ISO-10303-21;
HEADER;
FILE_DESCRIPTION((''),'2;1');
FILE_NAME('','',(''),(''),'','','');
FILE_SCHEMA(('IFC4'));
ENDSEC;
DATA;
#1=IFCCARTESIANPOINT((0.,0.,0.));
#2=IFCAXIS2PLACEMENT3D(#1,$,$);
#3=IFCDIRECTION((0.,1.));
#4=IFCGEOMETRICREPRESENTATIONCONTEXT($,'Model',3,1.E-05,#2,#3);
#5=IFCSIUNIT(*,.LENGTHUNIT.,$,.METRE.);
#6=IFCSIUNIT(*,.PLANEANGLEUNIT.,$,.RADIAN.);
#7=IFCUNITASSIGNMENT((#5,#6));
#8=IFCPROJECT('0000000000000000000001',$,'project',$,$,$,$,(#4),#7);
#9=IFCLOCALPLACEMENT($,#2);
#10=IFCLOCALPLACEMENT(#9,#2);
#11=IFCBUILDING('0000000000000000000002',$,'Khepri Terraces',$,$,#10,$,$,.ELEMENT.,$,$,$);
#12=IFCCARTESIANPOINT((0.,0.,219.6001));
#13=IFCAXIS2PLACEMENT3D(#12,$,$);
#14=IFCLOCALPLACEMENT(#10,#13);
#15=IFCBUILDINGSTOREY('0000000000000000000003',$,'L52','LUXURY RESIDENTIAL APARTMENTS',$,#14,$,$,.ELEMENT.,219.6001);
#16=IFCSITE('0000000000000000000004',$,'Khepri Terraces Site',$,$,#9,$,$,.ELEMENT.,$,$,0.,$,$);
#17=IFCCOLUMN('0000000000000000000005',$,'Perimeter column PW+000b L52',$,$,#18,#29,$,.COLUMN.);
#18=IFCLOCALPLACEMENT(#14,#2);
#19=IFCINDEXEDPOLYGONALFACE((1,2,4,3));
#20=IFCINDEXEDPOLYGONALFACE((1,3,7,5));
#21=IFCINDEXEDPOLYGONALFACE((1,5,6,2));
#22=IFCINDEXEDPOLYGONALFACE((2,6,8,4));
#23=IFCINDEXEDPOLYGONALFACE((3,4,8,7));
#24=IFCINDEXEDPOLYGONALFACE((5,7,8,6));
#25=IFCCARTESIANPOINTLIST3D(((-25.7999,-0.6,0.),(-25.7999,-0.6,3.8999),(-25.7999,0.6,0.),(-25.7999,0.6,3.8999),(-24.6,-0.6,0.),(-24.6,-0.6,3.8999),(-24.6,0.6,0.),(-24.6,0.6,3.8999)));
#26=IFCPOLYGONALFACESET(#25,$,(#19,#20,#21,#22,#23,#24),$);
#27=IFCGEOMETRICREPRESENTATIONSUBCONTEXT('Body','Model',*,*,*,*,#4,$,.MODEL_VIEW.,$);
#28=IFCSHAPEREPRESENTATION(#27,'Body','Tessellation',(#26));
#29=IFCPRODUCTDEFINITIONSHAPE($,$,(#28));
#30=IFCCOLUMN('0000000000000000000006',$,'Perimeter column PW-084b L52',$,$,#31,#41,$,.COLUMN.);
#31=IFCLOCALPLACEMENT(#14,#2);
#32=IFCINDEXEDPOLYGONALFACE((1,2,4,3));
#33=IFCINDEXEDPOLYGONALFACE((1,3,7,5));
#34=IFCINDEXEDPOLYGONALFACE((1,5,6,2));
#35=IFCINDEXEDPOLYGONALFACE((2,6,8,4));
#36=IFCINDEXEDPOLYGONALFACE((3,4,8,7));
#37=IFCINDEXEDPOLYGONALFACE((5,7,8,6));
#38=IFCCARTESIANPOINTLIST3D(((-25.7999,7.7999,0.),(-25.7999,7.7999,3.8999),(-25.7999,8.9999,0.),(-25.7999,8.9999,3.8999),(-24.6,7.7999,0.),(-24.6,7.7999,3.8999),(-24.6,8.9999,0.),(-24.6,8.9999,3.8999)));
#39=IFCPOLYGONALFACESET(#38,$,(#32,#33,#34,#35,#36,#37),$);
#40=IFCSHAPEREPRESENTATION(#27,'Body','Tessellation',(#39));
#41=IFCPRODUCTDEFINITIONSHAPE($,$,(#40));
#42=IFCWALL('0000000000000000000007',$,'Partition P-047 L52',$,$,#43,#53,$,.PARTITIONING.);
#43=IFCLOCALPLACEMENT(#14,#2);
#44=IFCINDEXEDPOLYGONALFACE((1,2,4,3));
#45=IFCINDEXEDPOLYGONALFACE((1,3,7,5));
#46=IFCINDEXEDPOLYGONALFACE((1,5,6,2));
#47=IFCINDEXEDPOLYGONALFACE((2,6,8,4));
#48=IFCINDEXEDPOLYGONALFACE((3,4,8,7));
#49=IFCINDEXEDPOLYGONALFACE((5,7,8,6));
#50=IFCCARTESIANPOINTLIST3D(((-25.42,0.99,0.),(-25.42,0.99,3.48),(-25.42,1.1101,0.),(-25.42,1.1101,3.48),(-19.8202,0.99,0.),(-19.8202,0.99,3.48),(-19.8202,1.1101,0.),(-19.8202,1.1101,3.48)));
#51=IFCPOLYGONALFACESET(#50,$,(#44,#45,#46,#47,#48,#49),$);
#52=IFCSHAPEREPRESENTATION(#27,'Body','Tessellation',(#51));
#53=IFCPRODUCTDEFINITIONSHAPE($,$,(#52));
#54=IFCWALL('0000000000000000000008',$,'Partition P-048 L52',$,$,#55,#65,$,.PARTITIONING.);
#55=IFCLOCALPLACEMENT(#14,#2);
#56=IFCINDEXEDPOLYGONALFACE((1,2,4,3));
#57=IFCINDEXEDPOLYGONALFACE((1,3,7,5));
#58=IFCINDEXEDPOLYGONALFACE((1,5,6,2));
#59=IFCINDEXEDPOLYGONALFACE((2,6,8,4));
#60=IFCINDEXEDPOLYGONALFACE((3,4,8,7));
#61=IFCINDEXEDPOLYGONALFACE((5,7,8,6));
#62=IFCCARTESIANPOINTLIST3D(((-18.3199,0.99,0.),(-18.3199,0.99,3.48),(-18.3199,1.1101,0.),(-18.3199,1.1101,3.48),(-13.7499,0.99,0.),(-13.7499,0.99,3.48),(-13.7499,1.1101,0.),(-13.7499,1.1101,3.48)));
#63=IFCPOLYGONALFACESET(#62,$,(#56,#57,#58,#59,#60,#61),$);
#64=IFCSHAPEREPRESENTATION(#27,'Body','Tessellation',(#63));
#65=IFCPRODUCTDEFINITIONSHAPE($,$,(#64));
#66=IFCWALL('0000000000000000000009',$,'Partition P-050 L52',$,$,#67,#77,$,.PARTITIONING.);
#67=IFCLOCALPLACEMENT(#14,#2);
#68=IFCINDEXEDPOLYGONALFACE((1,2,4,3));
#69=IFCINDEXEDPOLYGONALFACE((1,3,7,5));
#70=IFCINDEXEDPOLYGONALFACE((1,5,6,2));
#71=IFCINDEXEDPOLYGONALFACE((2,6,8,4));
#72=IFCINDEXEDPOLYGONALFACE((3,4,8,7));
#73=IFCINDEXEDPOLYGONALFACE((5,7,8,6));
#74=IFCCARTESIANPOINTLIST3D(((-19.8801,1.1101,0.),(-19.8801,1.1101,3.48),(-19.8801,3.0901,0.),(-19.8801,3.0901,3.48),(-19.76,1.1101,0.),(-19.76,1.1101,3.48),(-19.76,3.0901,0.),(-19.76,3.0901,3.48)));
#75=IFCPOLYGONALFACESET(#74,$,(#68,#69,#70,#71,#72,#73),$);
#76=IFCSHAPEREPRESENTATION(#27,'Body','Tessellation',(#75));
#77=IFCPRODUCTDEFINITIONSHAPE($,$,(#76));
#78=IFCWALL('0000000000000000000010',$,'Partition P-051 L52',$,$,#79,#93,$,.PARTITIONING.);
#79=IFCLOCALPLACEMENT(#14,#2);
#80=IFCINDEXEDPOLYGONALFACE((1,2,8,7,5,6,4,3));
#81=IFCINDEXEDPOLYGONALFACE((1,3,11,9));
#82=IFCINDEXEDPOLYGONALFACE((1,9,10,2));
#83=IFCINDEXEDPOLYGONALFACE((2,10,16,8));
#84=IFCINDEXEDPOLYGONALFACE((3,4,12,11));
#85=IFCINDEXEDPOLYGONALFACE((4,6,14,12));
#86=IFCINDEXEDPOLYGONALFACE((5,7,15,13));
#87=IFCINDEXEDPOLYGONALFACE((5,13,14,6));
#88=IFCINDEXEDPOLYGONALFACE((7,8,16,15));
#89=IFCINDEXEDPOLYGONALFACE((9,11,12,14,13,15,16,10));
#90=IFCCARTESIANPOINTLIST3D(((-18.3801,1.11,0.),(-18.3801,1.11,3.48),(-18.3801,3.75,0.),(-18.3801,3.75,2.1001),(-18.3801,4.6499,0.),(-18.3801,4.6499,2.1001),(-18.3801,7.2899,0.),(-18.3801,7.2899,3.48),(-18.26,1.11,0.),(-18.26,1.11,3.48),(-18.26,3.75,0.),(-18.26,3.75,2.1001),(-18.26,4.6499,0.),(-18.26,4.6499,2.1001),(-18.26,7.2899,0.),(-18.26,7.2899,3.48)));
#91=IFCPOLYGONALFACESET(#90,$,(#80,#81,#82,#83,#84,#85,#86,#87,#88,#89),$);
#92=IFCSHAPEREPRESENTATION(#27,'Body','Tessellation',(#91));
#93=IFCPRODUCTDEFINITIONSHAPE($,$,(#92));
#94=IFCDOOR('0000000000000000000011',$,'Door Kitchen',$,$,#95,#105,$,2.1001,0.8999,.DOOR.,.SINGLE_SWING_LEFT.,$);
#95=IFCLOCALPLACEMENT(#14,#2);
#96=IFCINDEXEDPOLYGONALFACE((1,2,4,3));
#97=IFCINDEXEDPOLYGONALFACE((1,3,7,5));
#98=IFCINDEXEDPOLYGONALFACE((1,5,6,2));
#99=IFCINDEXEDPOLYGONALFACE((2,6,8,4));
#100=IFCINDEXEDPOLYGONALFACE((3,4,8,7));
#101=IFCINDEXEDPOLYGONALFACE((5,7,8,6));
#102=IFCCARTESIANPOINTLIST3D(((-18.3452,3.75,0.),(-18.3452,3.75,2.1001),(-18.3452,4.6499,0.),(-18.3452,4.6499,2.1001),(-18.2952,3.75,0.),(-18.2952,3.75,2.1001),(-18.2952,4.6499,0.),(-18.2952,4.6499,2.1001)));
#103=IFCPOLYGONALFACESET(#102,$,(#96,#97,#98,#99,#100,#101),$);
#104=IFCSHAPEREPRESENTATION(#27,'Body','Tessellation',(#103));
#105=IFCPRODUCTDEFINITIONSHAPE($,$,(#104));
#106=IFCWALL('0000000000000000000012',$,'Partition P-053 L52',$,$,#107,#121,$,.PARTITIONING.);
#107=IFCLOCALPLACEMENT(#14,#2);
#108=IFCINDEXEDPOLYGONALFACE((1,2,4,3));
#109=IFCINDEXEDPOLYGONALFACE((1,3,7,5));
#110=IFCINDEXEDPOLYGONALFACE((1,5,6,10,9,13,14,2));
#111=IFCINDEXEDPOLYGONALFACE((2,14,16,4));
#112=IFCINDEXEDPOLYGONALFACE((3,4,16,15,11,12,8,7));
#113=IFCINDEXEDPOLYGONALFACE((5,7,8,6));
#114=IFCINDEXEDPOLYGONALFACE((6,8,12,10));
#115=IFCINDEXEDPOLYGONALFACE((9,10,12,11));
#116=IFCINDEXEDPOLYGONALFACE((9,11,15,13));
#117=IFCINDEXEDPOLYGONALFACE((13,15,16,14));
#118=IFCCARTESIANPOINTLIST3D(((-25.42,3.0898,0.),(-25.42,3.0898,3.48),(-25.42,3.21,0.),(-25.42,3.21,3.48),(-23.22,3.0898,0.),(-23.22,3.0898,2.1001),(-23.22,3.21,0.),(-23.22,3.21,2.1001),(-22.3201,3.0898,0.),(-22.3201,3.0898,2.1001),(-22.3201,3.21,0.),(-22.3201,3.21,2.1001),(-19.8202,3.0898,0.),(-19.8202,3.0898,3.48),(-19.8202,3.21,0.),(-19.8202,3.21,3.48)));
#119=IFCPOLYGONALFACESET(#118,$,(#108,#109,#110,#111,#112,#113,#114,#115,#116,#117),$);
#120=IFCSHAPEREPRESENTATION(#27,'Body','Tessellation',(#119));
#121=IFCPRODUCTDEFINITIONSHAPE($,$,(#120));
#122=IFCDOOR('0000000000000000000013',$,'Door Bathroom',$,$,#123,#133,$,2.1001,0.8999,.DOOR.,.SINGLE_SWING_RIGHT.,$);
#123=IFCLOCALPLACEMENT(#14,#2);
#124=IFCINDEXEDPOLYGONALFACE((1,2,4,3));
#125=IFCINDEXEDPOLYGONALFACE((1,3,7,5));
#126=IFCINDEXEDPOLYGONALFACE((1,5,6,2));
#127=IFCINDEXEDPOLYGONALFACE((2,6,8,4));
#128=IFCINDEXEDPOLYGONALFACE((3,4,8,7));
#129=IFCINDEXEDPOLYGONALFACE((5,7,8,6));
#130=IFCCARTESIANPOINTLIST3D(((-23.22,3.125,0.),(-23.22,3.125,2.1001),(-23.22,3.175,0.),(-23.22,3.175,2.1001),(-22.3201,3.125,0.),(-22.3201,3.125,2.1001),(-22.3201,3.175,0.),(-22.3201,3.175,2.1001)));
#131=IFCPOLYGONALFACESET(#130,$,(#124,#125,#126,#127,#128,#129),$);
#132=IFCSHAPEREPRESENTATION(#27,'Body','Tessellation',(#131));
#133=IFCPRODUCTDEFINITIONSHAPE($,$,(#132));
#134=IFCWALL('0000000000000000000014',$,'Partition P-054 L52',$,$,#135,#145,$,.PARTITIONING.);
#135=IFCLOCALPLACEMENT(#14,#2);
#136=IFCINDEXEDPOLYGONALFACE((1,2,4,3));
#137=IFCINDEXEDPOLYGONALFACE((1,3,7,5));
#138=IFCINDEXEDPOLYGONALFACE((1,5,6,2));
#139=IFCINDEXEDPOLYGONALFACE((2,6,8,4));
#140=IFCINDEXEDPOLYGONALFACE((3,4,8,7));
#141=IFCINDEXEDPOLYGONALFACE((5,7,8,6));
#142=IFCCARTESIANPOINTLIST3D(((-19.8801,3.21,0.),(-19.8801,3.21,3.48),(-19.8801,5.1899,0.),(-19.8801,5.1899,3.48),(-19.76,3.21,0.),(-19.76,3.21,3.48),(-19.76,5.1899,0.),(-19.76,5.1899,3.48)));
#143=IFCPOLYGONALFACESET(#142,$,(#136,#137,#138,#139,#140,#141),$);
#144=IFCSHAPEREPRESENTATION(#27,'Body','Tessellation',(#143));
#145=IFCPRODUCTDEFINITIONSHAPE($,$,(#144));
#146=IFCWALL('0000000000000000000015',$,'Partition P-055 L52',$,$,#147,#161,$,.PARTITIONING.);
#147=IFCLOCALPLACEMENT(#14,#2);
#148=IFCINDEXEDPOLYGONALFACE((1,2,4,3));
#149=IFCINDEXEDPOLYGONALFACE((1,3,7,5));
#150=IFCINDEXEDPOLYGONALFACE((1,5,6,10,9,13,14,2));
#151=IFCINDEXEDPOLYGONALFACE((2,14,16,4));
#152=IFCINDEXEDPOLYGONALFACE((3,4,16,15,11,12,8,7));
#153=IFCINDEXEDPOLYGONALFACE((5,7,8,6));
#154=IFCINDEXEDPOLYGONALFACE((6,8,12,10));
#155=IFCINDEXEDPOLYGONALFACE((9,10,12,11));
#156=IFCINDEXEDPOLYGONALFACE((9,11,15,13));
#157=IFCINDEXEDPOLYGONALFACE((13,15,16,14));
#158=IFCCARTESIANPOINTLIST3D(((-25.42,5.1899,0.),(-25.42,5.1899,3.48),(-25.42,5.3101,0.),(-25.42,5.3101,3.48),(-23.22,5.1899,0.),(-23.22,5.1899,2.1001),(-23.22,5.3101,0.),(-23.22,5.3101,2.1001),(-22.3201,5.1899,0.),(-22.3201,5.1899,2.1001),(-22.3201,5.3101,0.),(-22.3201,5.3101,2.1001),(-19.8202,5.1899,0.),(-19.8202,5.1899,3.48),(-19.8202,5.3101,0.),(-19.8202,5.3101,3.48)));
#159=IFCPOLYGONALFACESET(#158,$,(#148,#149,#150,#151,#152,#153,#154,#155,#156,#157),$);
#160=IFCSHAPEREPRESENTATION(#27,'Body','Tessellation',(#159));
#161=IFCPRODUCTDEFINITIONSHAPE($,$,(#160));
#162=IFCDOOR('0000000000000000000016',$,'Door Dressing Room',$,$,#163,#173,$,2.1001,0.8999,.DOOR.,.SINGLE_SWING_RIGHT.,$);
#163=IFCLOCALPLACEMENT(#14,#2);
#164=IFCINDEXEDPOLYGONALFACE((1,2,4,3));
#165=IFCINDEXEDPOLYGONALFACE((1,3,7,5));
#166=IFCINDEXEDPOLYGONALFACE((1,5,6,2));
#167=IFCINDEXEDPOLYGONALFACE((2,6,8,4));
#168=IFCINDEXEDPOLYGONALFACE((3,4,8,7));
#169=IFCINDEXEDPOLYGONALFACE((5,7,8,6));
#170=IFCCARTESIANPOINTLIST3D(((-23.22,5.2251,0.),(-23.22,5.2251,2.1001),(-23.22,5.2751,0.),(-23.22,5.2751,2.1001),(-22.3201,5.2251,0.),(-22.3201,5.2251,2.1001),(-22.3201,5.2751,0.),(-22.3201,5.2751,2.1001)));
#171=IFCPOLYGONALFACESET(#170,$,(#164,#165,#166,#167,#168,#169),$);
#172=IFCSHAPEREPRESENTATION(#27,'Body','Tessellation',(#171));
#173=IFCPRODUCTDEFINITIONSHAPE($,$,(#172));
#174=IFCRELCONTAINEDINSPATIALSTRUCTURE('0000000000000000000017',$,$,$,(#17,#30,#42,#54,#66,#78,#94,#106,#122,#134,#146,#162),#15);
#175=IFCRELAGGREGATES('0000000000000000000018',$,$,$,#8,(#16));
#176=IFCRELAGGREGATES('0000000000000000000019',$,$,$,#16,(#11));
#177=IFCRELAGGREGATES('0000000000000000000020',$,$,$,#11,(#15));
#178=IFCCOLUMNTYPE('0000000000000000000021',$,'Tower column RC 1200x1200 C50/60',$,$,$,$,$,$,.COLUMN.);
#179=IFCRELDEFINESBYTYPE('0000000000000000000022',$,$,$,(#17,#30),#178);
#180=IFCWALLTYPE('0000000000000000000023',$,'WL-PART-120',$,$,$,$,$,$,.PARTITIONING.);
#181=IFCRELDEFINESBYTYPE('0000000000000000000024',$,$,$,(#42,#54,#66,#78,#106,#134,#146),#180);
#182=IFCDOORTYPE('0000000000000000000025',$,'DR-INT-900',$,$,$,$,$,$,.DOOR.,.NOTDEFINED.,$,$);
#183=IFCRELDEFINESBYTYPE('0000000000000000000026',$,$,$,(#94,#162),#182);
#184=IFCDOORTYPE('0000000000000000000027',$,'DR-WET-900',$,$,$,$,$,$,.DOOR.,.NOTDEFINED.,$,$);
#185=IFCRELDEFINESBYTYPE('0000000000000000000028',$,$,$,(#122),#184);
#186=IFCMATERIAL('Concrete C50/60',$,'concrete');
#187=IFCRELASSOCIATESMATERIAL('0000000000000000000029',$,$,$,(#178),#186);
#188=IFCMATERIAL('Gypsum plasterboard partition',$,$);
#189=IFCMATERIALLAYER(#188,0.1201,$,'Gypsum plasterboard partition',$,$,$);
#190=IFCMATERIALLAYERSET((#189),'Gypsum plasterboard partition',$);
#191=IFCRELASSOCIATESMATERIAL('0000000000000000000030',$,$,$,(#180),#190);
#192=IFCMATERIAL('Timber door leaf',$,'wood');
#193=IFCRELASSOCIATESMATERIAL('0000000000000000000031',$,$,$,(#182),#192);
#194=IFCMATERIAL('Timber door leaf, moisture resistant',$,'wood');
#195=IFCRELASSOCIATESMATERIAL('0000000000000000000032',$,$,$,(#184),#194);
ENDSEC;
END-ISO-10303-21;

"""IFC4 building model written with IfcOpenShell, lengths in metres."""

from ifc_helpers import new_model, si_unit, direction, frame, frame_2d, origin, origin_2d, place, context, subcontext, project, spatial, rectangle, extrude, material, layer, layer_set, material_profile, profile_set, type_object, element, fill, save


model = new_model("IFC4")

# Units and contexts
model_context = context("Model", 3, precision=1e-05, world=origin(), true_north=direction((0.0, 1.0)))
body_context = subcontext(model_context, "Body", "Model", "MODEL_VIEW")
ifc_project = project(units=[si_unit("LENGTHUNIT", "METRE"), si_unit("PLANEANGLEUNIT", "RADIAN")], contexts=[model_context])

# Site, building, storey
site_placement = place(None, origin())
site = spatial("IfcSite", under=ifc_project, at=site_placement, Name="Khepri Terraces Site", CompositionType="ELEMENT", RefElevation=0.0)
building_placement = place(site_placement, origin())
building = spatial("IfcBuilding", under=site, at=building_placement, Name="Khepri Terraces", CompositionType="ELEMENT")
storey_placement = place(building_placement, frame((0.0, 0.0, 219.6001)))
storey = spatial("IfcBuildingStorey", under=building, at=storey_placement, Name="L52", Description="LUXURY RESIDENTIAL APARTMENTS", CompositionType="ELEMENT", Elevation=219.6001)

# Columns
ifc_material_1 = material(Name="Concrete C50/60", Category="concrete")
ifc_material_profile = material_profile(ifc_material_1, rectangle(XDim=1.2, YDim=1.2, at=origin_2d()), Name="Concrete C50/60", Category="concrete")
ifc_profile_set = profile_set([ifc_material_profile], Name="Concrete C50/60")
column_type = type_object("IfcColumnType", Name="Tower column RC 1200x1200 C50/60", PredefinedType="COLUMN", material=ifc_profile_set)
for number, where, z_axis, x_axis, name in (
    (1, (-25.2, 0.0, 0.0), (0.0, 0.0, 1.0), (1.0, 0.0, 0.0), "Perimeter column PW+000b L52"),
    (2, (-25.2, 8.3999, 0.0), (0.0, 0.0, 1.0), (1.0, 0.0, 0.0), "Perimeter column PW-084b L52"),
):
    element("IfcColumn", number, at=place(storey_placement, frame(where, z_axis=z_axis, x_axis=x_axis)), inside=storey, type_object=column_type, Name=name, PredefinedType="COLUMN", context=body_context, shape_type="SweptSolid", body=[
        extrude(rectangle(XDim=1.2, YDim=1.2, at=origin_2d()), origin(), (0.0, 0.0, 1.0), 3.8999),
    ])

# Walls
ifc_material_2 = material(Name="Gypsum plasterboard partition")
ifc_layer_1 = layer(ifc_material_2, 0.1201, Name="Gypsum plasterboard partition")
ifc_layer_set_1 = layer_set([ifc_layer_1], Name="Gypsum plasterboard partition")
wall_type_1 = type_object("IfcWallType", Name="WL-PART-120", PredefinedType="PARTITIONING", material=ifc_layer_set_1)
wall_1_placement = place(storey_placement, frame((-25.4199, 1.05, 0.0), z_axis=(0.0, 0.0, 1.0), x_axis=(1.0, 0.0, 0.0)))
element("IfcWall", 3, at=wall_1_placement, inside=storey, type_object=wall_type_1, Name="Partition P-047 L52", PredefinedType="PARTITIONING", context=body_context, shape_type="SweptSolid", body=[
    extrude(rectangle(XDim=5.5999, YDim=0.1201, at=frame_2d((2.7998, 0.0))), origin(), (0.0, 0.0, 1.0), 3.48),
])
wall_2_placement = place(storey_placement, frame((-18.3201, 1.05, 0.0), z_axis=(0.0, 0.0, 1.0), x_axis=(1.0, 0.0, 0.0)))
element("IfcWall", 4, at=wall_2_placement, inside=storey, type_object=wall_type_1, Name="Partition P-048 L52", PredefinedType="PARTITIONING", context=body_context, shape_type="SweptSolid", body=[
    extrude(rectangle(XDim=4.5701, YDim=0.1201, at=frame_2d((2.2852, 0.0))), origin(), (0.0, 0.0, 1.0), 3.48),
])
wall_3_placement = place(storey_placement, frame((-19.8201, 1.1101, 0.0), z_axis=(0.0, 0.0, 1.0), x_axis=(0.0, 1.0, 0.0)))
element("IfcWall", 5, at=wall_3_placement, inside=storey, type_object=wall_type_1, Name="Partition P-050 L52", PredefinedType="PARTITIONING", context=body_context, shape_type="SweptSolid", body=[
    extrude(rectangle(XDim=1.98, YDim=0.1201, at=frame_2d((0.99, 0.0))), origin(), (0.0, 0.0, 1.0), 3.48),
])

# Walls, openings, doors
wall_4_placement = place(storey_placement, frame((-18.3201, 1.1101, 0.0), z_axis=(0.0, 0.0, 1.0), x_axis=(0.0, 1.0, 0.0)))
wall_4 = element("IfcWall", 6, at=wall_4_placement, inside=storey, type_object=wall_type_1, Name="Partition P-051 L52", PredefinedType="PARTITIONING", context=body_context, shape_type="SweptSolid", body=[
    extrude(rectangle(XDim=6.1799, YDim=0.1201, at=frame_2d((3.0898, 0.0))), origin(), (0.0, 0.0, 1.0), 3.48),
])
opening_1_placement = place(wall_4_placement, frame((2.6399, 0.0, 0.0)))
opening_1 = element("IfcOpeningElement", 7, at=opening_1_placement, cuts=wall_4, PredefinedType="OPENING", context=body_context, shape_type="SweptSolid", body=[
    extrude(rectangle(XDim=0.8999, YDim=2.1001, at=frame_2d((0.45, 1.05))), frame((0.0, 0.0701, 0.0), z_axis=(0.0, -1.0, 0.0), x_axis=(1.0, 0.0, 0.0)), (0.0, 0.0, 1.0), 0.1401),
])
ifc_material_3 = material(Name="Timber door leaf", Category="wood")
door_type_1 = type_object("IfcDoorType", Name="DR-INT-900", OperationType="NOTDEFINED", PredefinedType="DOOR", material=ifc_material_3)
door_1_placement = place(opening_1_placement, frame((0.8999, 0.0, 0.0), z_axis=(0.0, 0.0, 1.0), x_axis=(-1.0, 0.0, 0.0)))
door_1 = element("IfcDoor", 8, at=door_1_placement, inside=storey, type_object=door_type_1, Name="Door Kitchen", OperationType="SINGLE_SWING_LEFT", OverallHeight=2.1001, OverallWidth=0.8999, PredefinedType="DOOR", context=body_context, shape_type="SweptSolid", body=[
    extrude(rectangle(XDim=0.8999, YDim=2.1001, at=frame_2d((0.45, 1.05))), frame((0.0, 0.0249, 0.0), z_axis=(0.0, -1.0, 0.0), x_axis=(1.0, 0.0, 0.0)), (0.0, 0.0, 1.0), 0.05),
])
fill(opening_1, door_1)
wall_5_placement = place(storey_placement, frame((-25.4199, 3.1499, 0.0), z_axis=(0.0, 0.0, 1.0), x_axis=(1.0, 0.0, 0.0)))
wall_5 = element("IfcWall", 9, at=wall_5_placement, inside=storey, type_object=wall_type_1, Name="Partition P-053 L52", PredefinedType="PARTITIONING", context=body_context, shape_type="SweptSolid", body=[
    extrude(rectangle(XDim=5.5999, YDim=0.1201, at=frame_2d((2.7998, 0.0))), origin(), (0.0, 0.0, 1.0), 3.48),
])
opening_2_placement = place(wall_5_placement, frame((2.2, 0.0, 0.0)))
opening_2 = element("IfcOpeningElement", 10, at=opening_2_placement, cuts=wall_5, PredefinedType="OPENING", context=body_context, shape_type="SweptSolid", body=[
    extrude(rectangle(XDim=0.8999, YDim=2.1001, at=frame_2d((0.45, 1.05))), frame((0.0, 0.0701, 0.0), z_axis=(0.0, -1.0, 0.0), x_axis=(1.0, 0.0, 0.0)), (0.0, 0.0, 1.0), 0.1401),
])
ifc_material_4 = material(Name="Timber door leaf, moisture resistant", Category="wood")
door_type_2 = type_object("IfcDoorType", Name="DR-WET-900", OperationType="NOTDEFINED", PredefinedType="DOOR", material=ifc_material_4)
door_2_placement = place(opening_2_placement, frame((0.8999, 0.0, 0.0), z_axis=(0.0, 0.0, 1.0), x_axis=(-1.0, 0.0, 0.0)))
door_2 = element("IfcDoor", 11, at=door_2_placement, inside=storey, type_object=door_type_2, Name="Door Bathroom", OperationType="SINGLE_SWING_RIGHT", OverallHeight=2.1001, OverallWidth=0.8999, PredefinedType="DOOR", context=body_context, shape_type="SweptSolid", body=[
    extrude(rectangle(XDim=0.8999, YDim=2.1001, at=frame_2d((0.45, 1.05))), frame((0.0, 0.0249, 0.0), z_axis=(0.0, -1.0, 0.0), x_axis=(1.0, 0.0, 0.0)), (0.0, 0.0, 1.0), 0.05),
])
fill(opening_2, door_2)

# Wall
wall_6_placement = place(storey_placement, frame((-19.8201, 3.21, 0.0), z_axis=(0.0, 0.0, 1.0), x_axis=(0.0, 1.0, 0.0)))
element("IfcWall", 12, at=wall_6_placement, inside=storey, type_object=wall_type_1, Name="Partition P-054 L52", PredefinedType="PARTITIONING", context=body_context, shape_type="SweptSolid", body=[
    extrude(rectangle(XDim=1.98, YDim=0.1201, at=frame_2d((0.99, 0.0))), origin(), (0.0, 0.0, 1.0), 3.48),
])

# Wall, opening, door
wall_7_placement = place(storey_placement, frame((-25.4199, 5.25, 0.0), z_axis=(0.0, 0.0, 1.0), x_axis=(1.0, 0.0, 0.0)))
wall_7 = element("IfcWall", 13, at=wall_7_placement, inside=storey, type_object=wall_type_1, Name="Partition P-055 L52", PredefinedType="PARTITIONING", context=body_context, shape_type="SweptSolid", body=[
    extrude(rectangle(XDim=5.5999, YDim=0.1201, at=frame_2d((2.7998, 0.0))), origin(), (0.0, 0.0, 1.0), 3.48),
])
opening_3_placement = place(wall_7_placement, frame((2.2, 0.0, 0.0)))
opening_3 = element("IfcOpeningElement", 14, at=opening_3_placement, cuts=wall_7, PredefinedType="OPENING", context=body_context, shape_type="SweptSolid", body=[
    extrude(rectangle(XDim=0.8999, YDim=2.1001, at=frame_2d((0.45, 1.05))), frame((0.0, 0.0701, 0.0), z_axis=(0.0, -1.0, 0.0), x_axis=(1.0, 0.0, 0.0)), (0.0, 0.0, 1.0), 0.1401),
])
door_3_placement = place(opening_3_placement, frame((0.8999, 0.0, 0.0), z_axis=(0.0, 0.0, 1.0), x_axis=(-1.0, 0.0, 0.0)))
door_3 = element("IfcDoor", 15, at=door_3_placement, inside=storey, type_object=door_type_1, Name="Door Dressing Room", OperationType="SINGLE_SWING_RIGHT", OverallHeight=2.1001, OverallWidth=0.8999, PredefinedType="DOOR", context=body_context, shape_type="SweptSolid", body=[
    extrude(rectangle(XDim=0.8999, YDim=2.1001, at=frame_2d((0.45, 1.05))), frame((0.0, 0.0249, 0.0), z_axis=(0.0, -1.0, 0.0), x_axis=(1.0, 0.0, 0.0)), (0.0, 0.0, 1.0), 0.05),
])
fill(opening_3, door_3)

save(model, "model.ifc")
